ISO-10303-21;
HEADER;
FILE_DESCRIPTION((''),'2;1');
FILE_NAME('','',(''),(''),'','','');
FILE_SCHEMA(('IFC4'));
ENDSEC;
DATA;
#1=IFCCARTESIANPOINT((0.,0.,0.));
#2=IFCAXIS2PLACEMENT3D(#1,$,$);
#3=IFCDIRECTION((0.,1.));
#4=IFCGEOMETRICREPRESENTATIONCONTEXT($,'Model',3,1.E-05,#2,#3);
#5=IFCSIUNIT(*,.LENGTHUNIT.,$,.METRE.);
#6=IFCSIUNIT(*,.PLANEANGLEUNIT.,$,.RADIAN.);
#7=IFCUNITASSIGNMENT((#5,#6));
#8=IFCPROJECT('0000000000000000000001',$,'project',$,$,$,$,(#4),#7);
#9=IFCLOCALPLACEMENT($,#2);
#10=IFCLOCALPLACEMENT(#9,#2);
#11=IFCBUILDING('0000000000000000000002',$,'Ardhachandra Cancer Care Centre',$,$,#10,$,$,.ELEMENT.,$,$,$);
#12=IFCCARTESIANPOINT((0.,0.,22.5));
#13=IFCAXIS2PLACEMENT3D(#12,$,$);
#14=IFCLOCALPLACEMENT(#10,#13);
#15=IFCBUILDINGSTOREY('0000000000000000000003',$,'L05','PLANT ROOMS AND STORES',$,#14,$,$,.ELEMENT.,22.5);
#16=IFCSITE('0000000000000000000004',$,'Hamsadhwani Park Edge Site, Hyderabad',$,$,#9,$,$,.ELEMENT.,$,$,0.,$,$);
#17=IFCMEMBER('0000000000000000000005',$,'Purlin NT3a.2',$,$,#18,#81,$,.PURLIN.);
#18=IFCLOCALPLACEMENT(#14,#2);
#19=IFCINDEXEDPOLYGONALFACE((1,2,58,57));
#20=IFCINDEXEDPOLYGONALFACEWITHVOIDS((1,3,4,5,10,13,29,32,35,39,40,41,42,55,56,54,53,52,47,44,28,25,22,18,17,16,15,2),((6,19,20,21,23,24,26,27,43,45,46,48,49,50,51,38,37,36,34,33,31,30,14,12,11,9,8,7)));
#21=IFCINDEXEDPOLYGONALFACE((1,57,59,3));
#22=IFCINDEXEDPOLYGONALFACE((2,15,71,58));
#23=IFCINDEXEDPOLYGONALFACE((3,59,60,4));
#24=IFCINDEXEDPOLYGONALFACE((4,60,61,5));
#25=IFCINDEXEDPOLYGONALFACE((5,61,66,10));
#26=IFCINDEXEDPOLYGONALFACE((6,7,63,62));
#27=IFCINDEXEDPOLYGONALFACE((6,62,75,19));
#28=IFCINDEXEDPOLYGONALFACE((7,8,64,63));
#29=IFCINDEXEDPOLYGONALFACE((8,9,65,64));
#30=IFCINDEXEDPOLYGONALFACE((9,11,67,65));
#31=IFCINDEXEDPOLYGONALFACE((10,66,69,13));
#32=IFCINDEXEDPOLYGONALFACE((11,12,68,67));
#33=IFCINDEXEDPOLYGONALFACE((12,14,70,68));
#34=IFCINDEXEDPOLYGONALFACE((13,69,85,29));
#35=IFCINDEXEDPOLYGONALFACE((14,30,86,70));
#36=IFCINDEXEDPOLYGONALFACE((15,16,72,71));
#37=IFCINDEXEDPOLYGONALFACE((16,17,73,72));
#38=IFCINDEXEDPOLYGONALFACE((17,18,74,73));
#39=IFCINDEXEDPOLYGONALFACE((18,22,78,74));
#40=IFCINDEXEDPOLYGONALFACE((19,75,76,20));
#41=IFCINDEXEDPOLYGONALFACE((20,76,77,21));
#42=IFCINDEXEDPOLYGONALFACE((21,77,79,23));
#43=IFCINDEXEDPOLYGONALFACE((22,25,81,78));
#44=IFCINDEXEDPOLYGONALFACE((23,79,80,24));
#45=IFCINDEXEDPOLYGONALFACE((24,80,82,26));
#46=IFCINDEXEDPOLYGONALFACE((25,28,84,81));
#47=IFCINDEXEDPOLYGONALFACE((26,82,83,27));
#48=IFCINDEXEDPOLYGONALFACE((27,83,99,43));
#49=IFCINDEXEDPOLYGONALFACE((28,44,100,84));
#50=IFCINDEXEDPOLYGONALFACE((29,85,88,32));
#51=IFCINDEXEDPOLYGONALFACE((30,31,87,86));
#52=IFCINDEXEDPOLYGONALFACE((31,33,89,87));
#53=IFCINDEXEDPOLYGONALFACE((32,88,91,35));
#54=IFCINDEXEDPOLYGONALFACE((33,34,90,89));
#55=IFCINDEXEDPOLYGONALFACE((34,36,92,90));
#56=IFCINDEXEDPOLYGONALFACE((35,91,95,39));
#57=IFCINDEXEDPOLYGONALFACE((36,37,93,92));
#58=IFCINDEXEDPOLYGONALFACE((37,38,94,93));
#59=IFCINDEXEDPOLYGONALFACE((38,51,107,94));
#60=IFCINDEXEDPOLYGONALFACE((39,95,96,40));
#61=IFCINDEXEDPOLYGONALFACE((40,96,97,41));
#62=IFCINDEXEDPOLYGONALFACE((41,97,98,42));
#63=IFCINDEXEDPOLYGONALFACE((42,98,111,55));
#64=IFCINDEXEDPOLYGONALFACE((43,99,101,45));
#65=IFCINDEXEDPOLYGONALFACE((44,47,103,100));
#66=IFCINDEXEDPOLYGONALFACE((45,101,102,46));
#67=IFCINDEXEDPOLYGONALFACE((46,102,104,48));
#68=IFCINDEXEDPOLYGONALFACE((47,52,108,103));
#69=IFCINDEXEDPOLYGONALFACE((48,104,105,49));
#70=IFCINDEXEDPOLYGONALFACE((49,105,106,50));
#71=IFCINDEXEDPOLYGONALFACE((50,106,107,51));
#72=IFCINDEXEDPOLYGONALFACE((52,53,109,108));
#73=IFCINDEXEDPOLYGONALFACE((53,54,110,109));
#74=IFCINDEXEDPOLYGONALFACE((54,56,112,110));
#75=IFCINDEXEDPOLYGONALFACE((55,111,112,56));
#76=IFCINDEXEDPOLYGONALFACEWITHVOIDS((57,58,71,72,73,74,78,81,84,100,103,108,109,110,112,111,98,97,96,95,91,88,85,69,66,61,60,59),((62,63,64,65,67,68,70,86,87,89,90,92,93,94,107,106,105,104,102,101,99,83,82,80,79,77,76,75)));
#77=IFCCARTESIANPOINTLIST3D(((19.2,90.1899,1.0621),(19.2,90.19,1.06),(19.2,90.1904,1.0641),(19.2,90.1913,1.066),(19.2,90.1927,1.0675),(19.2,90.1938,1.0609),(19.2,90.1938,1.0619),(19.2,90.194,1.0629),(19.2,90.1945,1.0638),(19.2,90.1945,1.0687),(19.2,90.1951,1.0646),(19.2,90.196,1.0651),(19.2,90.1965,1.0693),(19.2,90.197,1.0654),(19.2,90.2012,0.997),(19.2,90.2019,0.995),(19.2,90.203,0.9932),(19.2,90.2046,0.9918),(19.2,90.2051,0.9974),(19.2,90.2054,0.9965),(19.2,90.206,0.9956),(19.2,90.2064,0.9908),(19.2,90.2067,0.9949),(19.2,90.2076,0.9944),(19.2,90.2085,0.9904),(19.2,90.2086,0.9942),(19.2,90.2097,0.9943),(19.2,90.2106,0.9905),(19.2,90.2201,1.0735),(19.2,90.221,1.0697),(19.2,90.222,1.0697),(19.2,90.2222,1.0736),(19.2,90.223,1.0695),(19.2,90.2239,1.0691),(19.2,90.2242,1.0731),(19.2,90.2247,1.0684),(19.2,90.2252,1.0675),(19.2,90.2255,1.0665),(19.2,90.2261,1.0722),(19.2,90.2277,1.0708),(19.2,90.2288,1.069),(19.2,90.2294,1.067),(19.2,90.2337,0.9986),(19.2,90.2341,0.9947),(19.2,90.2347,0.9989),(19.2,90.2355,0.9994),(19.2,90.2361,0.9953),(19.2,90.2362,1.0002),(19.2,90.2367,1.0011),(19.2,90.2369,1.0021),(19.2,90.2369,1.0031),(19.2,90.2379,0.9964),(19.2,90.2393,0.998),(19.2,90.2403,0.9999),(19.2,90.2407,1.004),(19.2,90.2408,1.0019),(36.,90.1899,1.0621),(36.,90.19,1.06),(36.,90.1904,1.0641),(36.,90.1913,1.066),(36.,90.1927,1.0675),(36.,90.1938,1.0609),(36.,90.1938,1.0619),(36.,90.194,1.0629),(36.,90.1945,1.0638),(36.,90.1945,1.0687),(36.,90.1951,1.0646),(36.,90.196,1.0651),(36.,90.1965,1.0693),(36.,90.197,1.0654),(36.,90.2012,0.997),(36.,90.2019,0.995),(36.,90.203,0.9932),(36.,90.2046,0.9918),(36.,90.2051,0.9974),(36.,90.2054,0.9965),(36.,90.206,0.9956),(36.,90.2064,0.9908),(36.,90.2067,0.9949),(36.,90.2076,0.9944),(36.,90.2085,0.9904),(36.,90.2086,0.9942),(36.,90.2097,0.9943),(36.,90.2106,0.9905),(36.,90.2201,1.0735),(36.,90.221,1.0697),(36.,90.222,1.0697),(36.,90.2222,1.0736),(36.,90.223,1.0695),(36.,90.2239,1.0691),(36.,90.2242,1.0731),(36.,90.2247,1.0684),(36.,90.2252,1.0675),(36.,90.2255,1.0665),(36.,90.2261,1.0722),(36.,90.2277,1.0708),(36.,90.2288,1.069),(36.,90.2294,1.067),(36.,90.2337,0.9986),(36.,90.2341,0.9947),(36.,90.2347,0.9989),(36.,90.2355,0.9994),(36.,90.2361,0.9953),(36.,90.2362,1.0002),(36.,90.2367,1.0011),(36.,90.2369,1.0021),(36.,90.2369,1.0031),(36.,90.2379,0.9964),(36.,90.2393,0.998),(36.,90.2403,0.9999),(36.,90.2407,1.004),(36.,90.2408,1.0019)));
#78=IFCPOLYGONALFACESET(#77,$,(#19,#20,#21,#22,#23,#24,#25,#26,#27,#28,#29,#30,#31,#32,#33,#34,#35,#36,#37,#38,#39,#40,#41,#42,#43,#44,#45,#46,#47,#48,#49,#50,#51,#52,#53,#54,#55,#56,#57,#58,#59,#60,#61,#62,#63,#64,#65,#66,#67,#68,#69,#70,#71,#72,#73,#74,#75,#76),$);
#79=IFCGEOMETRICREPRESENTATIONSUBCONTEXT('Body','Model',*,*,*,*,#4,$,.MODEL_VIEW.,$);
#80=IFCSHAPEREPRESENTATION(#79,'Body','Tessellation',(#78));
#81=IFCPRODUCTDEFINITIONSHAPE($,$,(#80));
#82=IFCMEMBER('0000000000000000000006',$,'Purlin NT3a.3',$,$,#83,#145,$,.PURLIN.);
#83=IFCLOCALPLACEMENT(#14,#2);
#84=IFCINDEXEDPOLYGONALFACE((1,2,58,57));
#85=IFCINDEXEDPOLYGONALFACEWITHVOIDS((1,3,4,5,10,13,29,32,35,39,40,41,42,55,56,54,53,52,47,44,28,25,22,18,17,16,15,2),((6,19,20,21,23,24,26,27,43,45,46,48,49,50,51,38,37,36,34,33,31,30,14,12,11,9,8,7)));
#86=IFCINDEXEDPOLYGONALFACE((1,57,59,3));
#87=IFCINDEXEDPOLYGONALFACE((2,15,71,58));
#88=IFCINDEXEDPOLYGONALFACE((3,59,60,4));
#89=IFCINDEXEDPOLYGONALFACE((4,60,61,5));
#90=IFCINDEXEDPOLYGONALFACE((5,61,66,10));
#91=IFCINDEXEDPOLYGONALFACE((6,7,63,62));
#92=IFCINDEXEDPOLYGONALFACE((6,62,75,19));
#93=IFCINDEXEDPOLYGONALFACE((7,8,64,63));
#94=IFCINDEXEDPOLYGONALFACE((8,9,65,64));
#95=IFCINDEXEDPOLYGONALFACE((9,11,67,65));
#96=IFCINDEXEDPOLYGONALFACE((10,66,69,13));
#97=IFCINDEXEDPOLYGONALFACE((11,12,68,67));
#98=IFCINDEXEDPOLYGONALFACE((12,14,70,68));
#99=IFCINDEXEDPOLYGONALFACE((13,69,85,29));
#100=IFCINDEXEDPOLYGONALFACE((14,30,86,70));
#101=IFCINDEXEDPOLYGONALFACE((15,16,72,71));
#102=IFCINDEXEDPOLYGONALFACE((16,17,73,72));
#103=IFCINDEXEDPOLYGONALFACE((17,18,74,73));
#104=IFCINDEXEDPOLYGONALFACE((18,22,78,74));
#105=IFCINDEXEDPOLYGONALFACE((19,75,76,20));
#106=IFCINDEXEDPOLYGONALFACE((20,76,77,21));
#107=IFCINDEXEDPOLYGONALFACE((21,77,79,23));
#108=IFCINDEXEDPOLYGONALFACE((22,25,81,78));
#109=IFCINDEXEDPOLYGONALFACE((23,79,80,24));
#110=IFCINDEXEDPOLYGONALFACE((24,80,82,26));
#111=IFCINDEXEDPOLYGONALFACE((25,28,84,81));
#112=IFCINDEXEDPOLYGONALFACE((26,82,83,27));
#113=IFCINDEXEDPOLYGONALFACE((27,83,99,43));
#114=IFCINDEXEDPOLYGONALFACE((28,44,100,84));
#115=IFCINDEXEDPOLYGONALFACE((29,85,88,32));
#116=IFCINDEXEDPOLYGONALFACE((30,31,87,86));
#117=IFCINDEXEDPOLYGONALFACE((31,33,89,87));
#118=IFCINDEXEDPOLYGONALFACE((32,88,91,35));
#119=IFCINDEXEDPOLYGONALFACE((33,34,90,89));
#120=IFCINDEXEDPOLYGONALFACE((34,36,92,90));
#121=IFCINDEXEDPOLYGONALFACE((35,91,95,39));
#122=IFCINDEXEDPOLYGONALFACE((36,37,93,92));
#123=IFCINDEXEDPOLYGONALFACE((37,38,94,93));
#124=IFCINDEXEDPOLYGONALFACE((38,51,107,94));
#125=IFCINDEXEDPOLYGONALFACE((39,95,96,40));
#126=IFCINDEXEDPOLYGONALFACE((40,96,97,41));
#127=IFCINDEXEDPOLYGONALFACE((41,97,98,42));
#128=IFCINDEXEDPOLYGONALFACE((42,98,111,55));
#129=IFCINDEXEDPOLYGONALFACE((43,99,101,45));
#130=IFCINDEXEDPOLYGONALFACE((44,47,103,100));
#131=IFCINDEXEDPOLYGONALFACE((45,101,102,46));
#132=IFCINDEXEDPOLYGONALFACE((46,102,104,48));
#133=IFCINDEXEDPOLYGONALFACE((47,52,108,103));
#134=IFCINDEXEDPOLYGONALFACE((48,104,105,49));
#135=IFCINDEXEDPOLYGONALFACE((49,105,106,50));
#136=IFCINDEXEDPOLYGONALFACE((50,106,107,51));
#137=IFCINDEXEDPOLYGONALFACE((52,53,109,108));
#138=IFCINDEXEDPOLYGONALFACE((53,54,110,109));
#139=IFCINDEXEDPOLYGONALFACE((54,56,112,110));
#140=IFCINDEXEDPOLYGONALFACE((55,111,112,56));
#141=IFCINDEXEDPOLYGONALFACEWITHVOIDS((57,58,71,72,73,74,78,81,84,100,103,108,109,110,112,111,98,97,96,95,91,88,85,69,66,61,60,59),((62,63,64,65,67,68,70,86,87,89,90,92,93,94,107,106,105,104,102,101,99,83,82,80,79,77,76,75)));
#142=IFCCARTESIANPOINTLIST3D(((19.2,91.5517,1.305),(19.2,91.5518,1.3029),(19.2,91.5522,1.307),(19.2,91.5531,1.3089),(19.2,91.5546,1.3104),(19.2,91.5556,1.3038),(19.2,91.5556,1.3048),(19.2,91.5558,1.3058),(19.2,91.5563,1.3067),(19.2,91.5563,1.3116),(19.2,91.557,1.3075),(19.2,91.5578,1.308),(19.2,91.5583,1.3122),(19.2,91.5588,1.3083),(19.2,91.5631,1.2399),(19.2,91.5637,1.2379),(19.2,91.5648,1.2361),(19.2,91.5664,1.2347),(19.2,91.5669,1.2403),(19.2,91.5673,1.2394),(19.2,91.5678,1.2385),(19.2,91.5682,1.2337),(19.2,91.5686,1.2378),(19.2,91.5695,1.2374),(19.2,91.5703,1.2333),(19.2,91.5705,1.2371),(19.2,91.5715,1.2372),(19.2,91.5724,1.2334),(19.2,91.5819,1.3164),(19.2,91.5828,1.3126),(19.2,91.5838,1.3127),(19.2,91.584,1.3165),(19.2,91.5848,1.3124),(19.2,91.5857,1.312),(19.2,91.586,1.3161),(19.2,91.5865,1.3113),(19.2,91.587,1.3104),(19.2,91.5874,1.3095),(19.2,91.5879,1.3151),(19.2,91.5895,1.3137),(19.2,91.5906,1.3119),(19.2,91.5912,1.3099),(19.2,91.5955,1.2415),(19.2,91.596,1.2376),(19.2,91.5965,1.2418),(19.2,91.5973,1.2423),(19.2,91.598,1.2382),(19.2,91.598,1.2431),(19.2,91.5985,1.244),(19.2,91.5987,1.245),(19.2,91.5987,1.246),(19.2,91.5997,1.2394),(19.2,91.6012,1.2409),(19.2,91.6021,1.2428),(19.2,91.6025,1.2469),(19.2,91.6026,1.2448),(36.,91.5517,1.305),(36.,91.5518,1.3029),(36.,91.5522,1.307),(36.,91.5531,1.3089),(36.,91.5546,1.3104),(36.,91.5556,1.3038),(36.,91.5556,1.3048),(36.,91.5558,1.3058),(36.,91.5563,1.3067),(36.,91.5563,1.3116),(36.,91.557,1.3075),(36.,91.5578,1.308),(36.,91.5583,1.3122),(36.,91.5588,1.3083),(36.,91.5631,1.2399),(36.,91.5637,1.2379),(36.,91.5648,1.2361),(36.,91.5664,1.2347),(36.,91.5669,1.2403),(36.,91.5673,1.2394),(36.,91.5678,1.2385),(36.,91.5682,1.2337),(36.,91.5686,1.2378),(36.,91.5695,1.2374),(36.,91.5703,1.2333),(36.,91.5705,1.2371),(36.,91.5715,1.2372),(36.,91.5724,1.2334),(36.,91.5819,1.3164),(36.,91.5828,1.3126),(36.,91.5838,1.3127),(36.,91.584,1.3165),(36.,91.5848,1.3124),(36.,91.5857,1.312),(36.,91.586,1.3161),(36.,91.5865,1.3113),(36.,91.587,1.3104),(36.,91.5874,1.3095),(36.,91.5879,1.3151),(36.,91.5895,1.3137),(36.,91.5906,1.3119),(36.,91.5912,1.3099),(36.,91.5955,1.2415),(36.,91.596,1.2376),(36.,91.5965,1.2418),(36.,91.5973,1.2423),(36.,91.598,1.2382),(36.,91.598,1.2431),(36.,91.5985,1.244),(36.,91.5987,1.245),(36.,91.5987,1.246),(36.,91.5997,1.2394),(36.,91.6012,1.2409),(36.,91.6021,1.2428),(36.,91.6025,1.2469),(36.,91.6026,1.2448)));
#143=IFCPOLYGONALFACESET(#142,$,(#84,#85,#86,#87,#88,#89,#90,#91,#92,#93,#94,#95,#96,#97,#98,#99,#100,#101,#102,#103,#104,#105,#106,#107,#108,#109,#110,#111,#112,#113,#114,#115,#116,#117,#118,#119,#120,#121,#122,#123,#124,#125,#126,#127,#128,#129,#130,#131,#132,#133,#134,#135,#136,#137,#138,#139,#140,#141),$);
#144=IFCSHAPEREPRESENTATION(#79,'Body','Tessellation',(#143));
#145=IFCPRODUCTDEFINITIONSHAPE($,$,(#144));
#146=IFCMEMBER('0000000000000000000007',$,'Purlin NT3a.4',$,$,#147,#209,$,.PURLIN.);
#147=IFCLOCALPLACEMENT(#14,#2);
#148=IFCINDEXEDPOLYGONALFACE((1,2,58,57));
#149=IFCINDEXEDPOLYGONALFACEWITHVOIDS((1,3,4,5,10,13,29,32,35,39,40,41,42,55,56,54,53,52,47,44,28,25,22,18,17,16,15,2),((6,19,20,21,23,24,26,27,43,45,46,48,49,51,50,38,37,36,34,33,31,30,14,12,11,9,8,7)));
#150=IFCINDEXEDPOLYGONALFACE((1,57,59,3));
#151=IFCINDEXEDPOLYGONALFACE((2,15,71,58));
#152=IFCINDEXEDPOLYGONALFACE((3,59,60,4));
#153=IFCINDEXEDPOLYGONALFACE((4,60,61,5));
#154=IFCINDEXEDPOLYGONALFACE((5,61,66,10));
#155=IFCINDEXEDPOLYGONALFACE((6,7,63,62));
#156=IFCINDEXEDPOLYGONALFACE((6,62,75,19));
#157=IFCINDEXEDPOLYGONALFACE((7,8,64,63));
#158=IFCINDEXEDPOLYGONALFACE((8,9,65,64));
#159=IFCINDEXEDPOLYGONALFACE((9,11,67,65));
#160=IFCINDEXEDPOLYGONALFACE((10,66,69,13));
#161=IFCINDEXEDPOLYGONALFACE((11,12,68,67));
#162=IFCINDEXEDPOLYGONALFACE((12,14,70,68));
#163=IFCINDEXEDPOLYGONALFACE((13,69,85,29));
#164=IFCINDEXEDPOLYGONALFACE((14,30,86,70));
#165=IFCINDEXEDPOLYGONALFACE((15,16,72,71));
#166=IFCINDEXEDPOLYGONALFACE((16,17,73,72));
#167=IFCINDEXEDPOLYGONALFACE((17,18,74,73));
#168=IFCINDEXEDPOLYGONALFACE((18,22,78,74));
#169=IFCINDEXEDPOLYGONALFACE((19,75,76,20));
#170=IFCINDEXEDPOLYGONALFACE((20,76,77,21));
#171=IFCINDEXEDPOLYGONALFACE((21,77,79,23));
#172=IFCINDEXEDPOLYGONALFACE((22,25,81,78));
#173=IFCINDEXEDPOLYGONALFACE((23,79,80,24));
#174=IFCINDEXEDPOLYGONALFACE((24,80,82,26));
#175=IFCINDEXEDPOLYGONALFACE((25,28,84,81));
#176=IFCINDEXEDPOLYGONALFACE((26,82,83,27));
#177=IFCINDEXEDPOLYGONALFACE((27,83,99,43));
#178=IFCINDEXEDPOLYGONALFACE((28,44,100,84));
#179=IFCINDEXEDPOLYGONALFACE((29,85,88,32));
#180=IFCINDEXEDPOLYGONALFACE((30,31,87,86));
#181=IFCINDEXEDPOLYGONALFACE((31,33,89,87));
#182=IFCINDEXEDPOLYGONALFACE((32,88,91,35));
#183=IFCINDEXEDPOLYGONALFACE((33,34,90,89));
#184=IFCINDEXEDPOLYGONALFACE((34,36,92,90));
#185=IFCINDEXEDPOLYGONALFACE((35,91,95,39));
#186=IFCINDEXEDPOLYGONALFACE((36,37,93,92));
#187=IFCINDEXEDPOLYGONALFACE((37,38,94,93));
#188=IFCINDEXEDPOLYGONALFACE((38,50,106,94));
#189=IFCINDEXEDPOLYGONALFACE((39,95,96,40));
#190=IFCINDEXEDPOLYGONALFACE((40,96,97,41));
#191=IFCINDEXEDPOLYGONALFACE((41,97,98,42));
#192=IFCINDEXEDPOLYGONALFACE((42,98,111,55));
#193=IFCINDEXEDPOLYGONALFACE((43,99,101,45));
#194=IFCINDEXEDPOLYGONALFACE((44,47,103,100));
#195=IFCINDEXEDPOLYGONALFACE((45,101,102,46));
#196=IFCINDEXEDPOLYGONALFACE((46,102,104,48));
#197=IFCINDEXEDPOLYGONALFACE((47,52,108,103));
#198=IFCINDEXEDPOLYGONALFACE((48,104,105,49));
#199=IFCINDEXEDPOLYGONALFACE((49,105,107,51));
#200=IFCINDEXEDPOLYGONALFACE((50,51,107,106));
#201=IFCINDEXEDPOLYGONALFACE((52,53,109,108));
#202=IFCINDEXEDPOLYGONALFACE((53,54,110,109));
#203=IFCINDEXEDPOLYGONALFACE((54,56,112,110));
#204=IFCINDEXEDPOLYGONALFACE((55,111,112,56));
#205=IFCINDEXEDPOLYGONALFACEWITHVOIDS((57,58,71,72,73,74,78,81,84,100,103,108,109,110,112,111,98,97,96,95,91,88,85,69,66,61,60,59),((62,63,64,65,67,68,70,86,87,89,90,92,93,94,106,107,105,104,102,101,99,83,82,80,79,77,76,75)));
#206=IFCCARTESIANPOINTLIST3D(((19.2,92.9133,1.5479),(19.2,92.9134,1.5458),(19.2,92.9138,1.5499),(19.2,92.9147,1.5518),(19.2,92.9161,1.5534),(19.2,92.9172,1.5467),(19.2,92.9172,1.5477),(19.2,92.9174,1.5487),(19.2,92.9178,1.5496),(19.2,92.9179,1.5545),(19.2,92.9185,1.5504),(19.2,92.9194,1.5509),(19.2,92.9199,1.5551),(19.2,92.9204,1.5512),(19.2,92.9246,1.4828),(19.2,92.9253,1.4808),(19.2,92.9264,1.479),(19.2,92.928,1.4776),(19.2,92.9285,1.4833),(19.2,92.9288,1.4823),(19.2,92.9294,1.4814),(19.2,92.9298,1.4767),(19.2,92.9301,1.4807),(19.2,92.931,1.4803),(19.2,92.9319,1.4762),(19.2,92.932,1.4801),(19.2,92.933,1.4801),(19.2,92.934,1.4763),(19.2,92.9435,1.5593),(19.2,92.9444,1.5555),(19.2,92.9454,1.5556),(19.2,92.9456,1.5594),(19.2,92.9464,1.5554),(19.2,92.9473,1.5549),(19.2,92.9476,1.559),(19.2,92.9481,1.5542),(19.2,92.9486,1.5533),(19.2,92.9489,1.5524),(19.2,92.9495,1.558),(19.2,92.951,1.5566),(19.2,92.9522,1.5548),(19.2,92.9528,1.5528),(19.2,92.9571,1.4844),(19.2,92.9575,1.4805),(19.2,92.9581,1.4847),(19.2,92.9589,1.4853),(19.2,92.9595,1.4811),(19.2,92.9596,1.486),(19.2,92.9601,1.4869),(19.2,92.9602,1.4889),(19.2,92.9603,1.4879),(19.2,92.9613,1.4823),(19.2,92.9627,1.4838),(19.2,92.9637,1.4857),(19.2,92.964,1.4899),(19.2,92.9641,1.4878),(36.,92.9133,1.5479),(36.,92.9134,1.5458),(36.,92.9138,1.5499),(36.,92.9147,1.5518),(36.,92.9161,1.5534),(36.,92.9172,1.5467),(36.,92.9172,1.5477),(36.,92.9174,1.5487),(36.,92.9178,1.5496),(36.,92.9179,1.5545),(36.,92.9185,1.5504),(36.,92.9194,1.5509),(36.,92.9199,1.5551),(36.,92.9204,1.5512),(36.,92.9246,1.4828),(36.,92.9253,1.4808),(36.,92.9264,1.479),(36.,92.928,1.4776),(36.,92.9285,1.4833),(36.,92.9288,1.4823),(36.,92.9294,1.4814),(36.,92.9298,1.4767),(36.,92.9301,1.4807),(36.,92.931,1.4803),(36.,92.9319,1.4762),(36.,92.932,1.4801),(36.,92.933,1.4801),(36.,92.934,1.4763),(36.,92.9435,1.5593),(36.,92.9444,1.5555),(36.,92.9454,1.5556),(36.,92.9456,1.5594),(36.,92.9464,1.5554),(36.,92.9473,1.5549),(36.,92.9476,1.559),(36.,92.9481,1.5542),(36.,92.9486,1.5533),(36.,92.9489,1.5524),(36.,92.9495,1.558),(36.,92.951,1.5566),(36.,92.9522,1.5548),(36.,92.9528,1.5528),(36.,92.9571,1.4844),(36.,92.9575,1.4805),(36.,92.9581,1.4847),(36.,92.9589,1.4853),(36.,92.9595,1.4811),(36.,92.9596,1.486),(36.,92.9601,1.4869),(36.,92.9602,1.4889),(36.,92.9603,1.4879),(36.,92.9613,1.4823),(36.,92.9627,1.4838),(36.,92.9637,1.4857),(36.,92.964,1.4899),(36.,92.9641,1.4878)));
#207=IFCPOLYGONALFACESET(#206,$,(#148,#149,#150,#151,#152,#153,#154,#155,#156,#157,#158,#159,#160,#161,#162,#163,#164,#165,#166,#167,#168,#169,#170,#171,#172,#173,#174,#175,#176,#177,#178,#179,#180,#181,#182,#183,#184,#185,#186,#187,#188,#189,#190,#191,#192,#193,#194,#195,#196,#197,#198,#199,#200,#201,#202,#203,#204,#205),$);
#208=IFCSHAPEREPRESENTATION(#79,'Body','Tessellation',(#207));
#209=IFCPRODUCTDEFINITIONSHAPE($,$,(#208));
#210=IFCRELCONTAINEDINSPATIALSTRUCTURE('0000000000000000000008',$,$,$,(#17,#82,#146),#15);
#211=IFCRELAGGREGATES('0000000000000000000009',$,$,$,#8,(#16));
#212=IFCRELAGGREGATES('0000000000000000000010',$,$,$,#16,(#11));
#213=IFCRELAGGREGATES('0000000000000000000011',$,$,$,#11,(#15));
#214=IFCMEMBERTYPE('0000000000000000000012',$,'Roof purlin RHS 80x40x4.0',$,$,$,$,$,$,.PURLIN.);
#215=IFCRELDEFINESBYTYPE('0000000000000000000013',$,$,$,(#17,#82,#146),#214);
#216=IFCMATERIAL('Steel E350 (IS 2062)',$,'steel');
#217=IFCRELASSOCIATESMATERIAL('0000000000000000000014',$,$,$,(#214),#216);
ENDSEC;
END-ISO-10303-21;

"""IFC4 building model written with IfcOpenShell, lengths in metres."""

from ifc_helpers import new_model, si_unit, direction, frame, origin, origin_2d, place, context, subcontext, project, spatial, hollow_rectangle, extrude, material, material_profile, profile_set, type_object, element, save


model = new_model("IFC4")

# Units and contexts
model_context = context("Model", 3, precision=1e-05, world=origin(), true_north=direction((0.0, 1.0)))
body_context = subcontext(model_context, "Body", "Model", "MODEL_VIEW")
ifc_project = project(units=[si_unit("LENGTHUNIT", "METRE"), si_unit("PLANEANGLEUNIT", "RADIAN")], contexts=[model_context])

# Site, building, storey
site_placement = place(None, origin())
site = spatial("IfcSite", under=ifc_project, at=site_placement, Name="Hamsadhwani Park Edge Site, Hyderabad", CompositionType="ELEMENT", RefElevation=0.0)
building_placement = place(site_placement, origin())
building = spatial("IfcBuilding", under=site, at=building_placement, Name="Ardhachandra Cancer Care Centre", CompositionType="ELEMENT")
storey_placement = place(building_placement, frame((0.0, 0.0, 22.5)))
storey = spatial("IfcBuildingStorey", under=building, at=storey_placement, Name="L05", Description="PLANT ROOMS AND STORES", CompositionType="ELEMENT", Elevation=22.5)

# Members
ifc_material_1 = material(Name="Steel E350 (IS 2062)", Category="steel")
ifc_material_profile_1 = material_profile(ifc_material_1, hollow_rectangle(XDim=0.04, YDim=0.0801, WallThickness=0.0039, InnerFilletRadius=0.0039, OuterFilletRadius=0.0081, at=origin_2d()), Name="RHS 80x40x4.0")
ifc_profile_set_1 = profile_set([ifc_material_profile_1], Name="Steel E350 (IS 2062)")
member_type_1 = type_object("IfcMemberType", Name="Roof purlin RHS 80x40x4.0", PredefinedType="PURLIN", material=ifc_profile_set_1)
for number, where, z_axis, x_axis, name in (
    (1, (19.2, 90.2153, 1.032), (1.0, 0.0, 0.0), (0.0, 0.98446, 0.175606), "Purlin NT3a.2"),
    (2, (19.2, 91.5771, 1.2749), (1.0, 0.0, 0.0), (0.0, 0.98446, 0.175606), "Purlin NT3a.3"),
    (3, (19.2, 92.9387, 1.5178), (1.0, 0.0, 0.0), (0.0, 0.98446, 0.175606), "Purlin NT3a.4"),
):
    element("IfcMember", number, at=place(storey_placement, frame(where, z_axis=z_axis, x_axis=x_axis)), inside=storey, type_object=member_type_1, Name=name, PredefinedType="PURLIN", context=body_context, shape_type="SweptSolid", body=[
        extrude(hollow_rectangle(XDim=0.04, YDim=0.0801, WallThickness=0.0039, InnerFilletRadius=0.0039, OuterFilletRadius=0.0081, at=origin_2d()), origin(), (0.0, 0.0, 1.0), 16.8),
    ])

save(model, "model.ifc")
